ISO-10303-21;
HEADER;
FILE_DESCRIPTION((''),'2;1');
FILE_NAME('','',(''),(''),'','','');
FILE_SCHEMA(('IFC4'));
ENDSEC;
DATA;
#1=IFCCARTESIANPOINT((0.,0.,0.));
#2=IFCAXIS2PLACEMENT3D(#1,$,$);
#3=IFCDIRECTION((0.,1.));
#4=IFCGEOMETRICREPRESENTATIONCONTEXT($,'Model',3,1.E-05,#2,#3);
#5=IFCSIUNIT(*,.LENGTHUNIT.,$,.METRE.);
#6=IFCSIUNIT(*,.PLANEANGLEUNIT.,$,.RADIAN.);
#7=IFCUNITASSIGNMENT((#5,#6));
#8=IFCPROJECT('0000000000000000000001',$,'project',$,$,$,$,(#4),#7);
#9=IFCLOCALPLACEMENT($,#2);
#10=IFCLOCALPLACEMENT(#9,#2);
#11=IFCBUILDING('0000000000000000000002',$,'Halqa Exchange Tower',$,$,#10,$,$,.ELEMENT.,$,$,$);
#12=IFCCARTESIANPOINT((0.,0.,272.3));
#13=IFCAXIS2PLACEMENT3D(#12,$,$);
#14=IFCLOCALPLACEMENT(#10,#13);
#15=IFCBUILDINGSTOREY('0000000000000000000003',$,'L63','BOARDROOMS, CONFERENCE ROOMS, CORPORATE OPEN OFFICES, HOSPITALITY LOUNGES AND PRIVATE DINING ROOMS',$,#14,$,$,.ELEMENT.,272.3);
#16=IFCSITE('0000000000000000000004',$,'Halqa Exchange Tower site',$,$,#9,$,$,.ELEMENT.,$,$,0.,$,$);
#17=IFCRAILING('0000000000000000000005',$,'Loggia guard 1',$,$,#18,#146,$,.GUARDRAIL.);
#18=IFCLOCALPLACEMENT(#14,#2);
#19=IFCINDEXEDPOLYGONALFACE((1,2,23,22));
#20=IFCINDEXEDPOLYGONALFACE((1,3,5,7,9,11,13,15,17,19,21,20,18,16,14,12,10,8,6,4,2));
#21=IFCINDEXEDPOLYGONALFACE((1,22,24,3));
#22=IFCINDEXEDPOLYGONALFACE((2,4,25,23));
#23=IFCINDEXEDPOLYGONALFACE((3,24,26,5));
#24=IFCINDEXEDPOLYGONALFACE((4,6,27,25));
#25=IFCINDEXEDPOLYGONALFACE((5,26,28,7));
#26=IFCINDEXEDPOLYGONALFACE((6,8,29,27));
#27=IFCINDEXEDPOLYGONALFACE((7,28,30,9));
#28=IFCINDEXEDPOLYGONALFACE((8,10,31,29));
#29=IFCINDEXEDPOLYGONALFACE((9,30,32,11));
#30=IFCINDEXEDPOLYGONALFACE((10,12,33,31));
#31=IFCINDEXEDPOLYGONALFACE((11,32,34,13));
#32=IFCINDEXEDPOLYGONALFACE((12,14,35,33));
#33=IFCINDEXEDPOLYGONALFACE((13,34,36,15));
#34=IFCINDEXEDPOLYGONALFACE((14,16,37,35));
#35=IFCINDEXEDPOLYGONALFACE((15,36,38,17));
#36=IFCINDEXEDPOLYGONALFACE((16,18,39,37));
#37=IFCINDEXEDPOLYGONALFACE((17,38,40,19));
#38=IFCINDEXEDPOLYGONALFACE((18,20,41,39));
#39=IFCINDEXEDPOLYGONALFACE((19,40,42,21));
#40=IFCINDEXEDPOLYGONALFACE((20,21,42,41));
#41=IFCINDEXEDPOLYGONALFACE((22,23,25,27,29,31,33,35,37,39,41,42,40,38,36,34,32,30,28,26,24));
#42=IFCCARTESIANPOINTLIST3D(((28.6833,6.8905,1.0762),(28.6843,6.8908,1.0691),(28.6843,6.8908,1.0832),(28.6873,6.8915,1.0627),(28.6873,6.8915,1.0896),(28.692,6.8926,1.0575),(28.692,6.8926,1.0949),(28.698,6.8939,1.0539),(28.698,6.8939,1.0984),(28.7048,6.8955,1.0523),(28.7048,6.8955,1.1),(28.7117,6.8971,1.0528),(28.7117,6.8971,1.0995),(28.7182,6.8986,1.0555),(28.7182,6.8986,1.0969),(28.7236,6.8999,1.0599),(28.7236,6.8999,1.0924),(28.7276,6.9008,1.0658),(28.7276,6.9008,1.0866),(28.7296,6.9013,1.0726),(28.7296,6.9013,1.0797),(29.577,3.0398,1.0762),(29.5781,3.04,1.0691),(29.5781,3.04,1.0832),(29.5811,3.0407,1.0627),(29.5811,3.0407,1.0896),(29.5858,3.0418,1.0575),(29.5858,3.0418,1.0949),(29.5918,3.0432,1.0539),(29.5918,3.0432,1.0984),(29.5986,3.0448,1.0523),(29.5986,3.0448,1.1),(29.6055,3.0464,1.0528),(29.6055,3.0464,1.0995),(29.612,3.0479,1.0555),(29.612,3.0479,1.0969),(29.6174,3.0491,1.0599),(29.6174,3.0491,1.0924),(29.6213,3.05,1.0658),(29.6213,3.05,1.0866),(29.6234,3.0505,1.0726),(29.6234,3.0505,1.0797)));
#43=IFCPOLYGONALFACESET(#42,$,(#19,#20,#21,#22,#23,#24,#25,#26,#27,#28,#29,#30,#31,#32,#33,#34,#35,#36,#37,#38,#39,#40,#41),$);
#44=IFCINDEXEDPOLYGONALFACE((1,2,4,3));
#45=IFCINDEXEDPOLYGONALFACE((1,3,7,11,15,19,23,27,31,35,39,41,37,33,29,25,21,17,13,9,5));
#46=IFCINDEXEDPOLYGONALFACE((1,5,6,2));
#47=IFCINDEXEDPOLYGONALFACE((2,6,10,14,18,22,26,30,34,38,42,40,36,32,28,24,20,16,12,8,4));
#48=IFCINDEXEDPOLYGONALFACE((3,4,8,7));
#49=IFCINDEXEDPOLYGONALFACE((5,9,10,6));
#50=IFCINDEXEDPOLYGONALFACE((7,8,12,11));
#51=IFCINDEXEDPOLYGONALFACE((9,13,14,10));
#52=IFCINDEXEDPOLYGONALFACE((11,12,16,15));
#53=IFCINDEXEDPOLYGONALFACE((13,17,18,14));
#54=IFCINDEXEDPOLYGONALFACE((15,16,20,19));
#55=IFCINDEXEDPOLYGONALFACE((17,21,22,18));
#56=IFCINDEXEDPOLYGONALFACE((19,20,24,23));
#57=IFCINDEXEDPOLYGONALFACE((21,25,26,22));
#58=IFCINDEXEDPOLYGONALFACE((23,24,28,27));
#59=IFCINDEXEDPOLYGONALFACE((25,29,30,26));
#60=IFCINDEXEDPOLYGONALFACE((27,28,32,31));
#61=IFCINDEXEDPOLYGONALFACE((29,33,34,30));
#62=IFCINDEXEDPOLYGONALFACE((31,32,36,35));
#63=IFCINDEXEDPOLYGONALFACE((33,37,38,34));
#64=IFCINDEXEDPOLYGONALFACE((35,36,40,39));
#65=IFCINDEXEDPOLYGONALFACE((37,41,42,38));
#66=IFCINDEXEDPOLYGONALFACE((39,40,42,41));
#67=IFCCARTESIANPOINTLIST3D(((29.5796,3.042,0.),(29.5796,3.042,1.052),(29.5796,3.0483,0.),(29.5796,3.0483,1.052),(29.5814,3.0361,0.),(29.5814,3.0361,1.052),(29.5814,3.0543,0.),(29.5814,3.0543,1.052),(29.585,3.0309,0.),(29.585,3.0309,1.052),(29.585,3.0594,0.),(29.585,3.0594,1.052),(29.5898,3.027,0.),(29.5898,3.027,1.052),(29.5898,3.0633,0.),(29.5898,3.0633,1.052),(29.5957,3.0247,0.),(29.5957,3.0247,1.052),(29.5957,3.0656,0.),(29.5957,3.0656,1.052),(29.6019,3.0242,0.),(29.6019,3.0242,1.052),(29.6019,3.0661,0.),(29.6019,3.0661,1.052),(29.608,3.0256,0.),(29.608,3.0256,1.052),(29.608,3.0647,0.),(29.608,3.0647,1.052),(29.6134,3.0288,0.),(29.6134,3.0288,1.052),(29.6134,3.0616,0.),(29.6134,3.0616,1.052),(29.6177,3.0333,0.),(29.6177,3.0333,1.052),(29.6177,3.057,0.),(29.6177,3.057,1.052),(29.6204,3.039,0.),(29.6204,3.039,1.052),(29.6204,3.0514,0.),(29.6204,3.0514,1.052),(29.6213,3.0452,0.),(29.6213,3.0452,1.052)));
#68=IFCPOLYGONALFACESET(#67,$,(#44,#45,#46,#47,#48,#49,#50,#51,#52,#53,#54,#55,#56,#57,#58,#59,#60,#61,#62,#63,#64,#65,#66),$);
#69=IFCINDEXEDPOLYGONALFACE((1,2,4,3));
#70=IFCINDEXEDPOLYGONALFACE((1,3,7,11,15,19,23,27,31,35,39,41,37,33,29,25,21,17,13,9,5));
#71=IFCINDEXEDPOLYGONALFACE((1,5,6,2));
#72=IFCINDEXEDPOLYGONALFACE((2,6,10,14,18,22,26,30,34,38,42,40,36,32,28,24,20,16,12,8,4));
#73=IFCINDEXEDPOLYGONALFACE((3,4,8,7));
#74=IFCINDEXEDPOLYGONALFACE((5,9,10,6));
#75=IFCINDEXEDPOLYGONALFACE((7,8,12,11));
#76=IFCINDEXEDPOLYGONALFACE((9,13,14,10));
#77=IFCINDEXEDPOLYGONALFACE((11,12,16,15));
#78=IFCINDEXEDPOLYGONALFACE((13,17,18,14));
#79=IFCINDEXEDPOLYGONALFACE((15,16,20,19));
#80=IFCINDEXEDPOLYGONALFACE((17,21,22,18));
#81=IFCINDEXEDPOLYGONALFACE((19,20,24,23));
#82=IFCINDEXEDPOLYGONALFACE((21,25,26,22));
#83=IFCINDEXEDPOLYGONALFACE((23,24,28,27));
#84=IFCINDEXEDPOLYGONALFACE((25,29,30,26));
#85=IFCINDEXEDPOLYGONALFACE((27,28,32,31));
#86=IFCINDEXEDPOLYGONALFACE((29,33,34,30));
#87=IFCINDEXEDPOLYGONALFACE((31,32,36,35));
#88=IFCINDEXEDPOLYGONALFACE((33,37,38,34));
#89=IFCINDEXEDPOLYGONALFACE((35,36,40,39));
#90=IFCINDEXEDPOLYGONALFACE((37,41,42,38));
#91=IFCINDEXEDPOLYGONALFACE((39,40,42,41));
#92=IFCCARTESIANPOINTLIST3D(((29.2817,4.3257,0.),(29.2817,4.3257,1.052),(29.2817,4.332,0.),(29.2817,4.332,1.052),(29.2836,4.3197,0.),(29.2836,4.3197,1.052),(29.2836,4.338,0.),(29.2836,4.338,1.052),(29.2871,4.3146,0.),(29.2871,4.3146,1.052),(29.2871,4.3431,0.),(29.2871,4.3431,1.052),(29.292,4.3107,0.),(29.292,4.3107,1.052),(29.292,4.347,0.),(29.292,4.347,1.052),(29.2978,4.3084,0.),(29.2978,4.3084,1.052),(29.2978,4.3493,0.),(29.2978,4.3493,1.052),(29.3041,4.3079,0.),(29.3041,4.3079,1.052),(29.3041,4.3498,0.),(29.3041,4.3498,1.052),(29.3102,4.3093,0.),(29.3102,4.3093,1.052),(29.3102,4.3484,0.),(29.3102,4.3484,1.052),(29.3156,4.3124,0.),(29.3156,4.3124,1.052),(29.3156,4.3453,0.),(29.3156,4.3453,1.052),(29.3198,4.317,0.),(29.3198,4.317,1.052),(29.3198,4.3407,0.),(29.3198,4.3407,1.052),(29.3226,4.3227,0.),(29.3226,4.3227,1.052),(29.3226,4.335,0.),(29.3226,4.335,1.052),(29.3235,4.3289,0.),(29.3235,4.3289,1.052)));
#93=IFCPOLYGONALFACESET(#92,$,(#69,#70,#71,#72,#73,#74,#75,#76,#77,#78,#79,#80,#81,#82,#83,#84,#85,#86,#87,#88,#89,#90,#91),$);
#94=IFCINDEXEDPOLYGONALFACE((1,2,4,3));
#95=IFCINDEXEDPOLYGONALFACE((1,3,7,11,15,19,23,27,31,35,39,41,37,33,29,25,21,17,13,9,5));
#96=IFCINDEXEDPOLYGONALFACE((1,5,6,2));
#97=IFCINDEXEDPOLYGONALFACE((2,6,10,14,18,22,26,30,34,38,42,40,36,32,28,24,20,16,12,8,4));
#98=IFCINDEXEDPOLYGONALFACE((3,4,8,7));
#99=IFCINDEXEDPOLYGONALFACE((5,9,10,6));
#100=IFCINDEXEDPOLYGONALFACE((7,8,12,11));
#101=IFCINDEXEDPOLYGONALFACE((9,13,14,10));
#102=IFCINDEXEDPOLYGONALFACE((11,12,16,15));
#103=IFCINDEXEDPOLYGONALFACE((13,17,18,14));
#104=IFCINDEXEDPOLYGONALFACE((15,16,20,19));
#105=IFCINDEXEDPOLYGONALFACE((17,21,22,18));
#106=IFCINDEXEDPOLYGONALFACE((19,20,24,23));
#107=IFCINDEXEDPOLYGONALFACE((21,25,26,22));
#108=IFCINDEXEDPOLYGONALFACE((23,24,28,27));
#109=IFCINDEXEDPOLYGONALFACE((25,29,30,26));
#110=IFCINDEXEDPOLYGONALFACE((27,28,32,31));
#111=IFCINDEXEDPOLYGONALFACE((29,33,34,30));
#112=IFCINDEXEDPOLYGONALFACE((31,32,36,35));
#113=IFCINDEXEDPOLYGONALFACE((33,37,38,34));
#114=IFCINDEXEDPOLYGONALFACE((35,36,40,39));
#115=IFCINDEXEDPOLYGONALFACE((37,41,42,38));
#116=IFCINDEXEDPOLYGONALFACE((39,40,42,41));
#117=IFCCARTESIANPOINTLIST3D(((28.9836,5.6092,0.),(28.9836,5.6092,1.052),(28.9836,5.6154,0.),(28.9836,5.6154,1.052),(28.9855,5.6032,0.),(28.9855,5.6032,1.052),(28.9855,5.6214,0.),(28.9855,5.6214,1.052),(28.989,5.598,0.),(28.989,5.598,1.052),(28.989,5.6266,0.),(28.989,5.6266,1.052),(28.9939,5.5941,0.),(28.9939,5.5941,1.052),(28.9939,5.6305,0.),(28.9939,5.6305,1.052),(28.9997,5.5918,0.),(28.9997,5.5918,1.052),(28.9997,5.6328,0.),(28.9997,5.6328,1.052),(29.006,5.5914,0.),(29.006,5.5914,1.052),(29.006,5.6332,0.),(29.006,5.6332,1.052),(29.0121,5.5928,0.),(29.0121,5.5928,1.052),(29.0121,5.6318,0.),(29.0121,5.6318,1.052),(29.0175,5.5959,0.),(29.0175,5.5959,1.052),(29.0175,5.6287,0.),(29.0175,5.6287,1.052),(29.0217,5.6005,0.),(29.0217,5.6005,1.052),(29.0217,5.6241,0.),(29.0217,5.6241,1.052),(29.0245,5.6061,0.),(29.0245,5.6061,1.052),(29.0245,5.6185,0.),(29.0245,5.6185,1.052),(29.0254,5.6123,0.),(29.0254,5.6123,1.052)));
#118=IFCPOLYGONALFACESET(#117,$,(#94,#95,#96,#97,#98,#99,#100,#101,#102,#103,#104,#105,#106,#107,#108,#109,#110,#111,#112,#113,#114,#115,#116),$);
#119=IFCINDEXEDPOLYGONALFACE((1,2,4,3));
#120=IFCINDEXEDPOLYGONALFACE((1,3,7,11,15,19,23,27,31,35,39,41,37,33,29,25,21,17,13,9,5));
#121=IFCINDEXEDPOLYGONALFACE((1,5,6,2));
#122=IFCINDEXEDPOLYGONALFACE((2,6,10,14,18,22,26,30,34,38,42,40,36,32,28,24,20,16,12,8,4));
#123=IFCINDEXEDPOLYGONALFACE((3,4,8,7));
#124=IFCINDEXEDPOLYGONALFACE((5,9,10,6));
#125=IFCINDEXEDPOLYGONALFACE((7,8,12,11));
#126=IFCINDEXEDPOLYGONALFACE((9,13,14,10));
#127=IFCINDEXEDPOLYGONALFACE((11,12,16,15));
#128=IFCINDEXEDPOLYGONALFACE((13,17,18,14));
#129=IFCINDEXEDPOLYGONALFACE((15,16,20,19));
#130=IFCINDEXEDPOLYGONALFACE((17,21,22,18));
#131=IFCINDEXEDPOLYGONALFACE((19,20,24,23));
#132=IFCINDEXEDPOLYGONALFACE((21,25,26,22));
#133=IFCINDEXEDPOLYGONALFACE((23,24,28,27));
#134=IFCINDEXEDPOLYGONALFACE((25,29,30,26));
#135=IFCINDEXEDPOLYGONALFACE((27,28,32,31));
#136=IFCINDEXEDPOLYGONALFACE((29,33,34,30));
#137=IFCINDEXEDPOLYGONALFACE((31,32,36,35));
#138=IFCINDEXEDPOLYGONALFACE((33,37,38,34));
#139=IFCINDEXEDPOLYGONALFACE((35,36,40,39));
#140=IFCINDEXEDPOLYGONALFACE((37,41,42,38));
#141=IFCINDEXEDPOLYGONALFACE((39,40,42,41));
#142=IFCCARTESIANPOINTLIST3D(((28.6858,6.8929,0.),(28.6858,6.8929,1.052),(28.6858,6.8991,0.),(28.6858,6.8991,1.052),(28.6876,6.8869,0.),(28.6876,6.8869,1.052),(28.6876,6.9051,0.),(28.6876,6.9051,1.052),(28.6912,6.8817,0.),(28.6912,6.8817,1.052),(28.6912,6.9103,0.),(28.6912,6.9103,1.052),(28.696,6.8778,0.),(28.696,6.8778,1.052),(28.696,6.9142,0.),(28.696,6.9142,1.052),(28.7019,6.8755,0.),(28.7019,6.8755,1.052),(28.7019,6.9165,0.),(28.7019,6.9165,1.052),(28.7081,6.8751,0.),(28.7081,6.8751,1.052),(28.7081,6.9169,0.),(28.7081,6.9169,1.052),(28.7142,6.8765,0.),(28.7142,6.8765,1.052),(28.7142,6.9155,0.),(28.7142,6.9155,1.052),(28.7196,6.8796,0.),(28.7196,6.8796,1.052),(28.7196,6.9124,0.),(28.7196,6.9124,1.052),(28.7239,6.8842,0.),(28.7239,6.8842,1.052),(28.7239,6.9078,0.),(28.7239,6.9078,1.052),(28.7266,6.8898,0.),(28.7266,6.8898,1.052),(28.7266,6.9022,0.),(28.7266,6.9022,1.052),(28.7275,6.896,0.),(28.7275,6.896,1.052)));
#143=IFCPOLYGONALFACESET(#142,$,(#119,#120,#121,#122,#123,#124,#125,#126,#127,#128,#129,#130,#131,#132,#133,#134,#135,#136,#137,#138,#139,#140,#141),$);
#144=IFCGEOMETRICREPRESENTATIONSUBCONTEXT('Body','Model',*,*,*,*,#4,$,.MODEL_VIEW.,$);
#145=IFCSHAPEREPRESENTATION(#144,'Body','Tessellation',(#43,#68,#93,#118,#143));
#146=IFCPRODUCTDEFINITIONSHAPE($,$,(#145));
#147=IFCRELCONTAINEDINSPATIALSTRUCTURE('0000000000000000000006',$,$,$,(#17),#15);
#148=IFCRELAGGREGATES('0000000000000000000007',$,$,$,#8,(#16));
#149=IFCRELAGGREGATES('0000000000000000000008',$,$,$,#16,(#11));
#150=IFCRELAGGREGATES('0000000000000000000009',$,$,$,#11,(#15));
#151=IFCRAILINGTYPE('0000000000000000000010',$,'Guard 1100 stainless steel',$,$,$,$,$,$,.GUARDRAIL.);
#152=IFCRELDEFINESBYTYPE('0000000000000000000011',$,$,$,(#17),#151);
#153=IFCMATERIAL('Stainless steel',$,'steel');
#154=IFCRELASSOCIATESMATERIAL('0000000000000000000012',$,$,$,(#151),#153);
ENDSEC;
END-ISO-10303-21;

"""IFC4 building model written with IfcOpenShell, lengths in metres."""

from ifc_helpers import new_model, si_unit, direction, frame, origin, origin_2d, place, context, subcontext, project, spatial, circle, extrude, material, type_object, element, save


model = new_model("IFC4")

# Units and contexts
model_context = context("Model", 3, precision=1e-05, world=origin(), true_north=direction((0.0, 1.0)))
body_context = subcontext(model_context, "Body", "Model", "MODEL_VIEW")
ifc_project = project(units=[si_unit("LENGTHUNIT", "METRE"), si_unit("PLANEANGLEUNIT", "RADIAN")], contexts=[model_context])

# Site, building, storey
site_placement = place(None, origin())
site = spatial("IfcSite", under=ifc_project, at=site_placement, Name="Halqa Exchange Tower site", CompositionType="ELEMENT", RefElevation=0.0)
building_placement = place(site_placement, origin())
building = spatial("IfcBuilding", under=site, at=building_placement, Name="Halqa Exchange Tower", CompositionType="ELEMENT")
storey_placement = place(building_placement, frame((0.0, 0.0, 272.3)))
storey = spatial("IfcBuildingStorey", under=building, at=storey_placement, Name="L63", Description="BOARDROOMS, CONFERENCE ROOMS, CORPORATE OPEN OFFICES, HOSPITALITY LOUNGES AND PRIVATE DINING ROOMS", CompositionType="ELEMENT", Elevation=272.3)

# Railing
ifc_material_1 = material(Name="Stainless steel", Category="steel")
railing_type = type_object("IfcRailingType", Name="Guard 1100 stainless steel", PredefinedType="GUARDRAIL", material=ifc_material_1)
railing_1_placement = place(storey_placement, frame((29.6003, 3.0452, 0.0)))
element("IfcRailing", 1, at=railing_1_placement, inside=storey, type_object=railing_type, Name="Loggia guard 1", PredefinedType="GUARDRAIL", context=body_context, shape_type="SweptSolid", body=[
    extrude(circle(Radius=0.0239, at=origin_2d()), frame((0.0, 0.0, 1.0762), z_axis=(-0.226095, 0.974105, 0.0), x_axis=(-0.974105, -0.226095, 0.0)), (0.0, 0.0, 1.0), 3.9531),
    extrude(circle(Radius=0.021, at=origin_2d()), origin(), (0.0, 0.0, 1.0), 1.052),
    extrude(circle(Radius=0.021, at=origin_2d()), frame((-0.2979, 1.2837, 0.0)), (0.0, 0.0, 1.0), 1.052),
    extrude(circle(Radius=0.021, at=origin_2d()), frame((-0.5959, 2.5671, 0.0)), (0.0, 0.0, 1.0), 1.052),
    extrude(circle(Radius=0.021, at=origin_2d()), frame((-0.8938, 3.8508, 0.0)), (0.0, 0.0, 1.0), 1.052),
])

save(model, "model.ifc")
